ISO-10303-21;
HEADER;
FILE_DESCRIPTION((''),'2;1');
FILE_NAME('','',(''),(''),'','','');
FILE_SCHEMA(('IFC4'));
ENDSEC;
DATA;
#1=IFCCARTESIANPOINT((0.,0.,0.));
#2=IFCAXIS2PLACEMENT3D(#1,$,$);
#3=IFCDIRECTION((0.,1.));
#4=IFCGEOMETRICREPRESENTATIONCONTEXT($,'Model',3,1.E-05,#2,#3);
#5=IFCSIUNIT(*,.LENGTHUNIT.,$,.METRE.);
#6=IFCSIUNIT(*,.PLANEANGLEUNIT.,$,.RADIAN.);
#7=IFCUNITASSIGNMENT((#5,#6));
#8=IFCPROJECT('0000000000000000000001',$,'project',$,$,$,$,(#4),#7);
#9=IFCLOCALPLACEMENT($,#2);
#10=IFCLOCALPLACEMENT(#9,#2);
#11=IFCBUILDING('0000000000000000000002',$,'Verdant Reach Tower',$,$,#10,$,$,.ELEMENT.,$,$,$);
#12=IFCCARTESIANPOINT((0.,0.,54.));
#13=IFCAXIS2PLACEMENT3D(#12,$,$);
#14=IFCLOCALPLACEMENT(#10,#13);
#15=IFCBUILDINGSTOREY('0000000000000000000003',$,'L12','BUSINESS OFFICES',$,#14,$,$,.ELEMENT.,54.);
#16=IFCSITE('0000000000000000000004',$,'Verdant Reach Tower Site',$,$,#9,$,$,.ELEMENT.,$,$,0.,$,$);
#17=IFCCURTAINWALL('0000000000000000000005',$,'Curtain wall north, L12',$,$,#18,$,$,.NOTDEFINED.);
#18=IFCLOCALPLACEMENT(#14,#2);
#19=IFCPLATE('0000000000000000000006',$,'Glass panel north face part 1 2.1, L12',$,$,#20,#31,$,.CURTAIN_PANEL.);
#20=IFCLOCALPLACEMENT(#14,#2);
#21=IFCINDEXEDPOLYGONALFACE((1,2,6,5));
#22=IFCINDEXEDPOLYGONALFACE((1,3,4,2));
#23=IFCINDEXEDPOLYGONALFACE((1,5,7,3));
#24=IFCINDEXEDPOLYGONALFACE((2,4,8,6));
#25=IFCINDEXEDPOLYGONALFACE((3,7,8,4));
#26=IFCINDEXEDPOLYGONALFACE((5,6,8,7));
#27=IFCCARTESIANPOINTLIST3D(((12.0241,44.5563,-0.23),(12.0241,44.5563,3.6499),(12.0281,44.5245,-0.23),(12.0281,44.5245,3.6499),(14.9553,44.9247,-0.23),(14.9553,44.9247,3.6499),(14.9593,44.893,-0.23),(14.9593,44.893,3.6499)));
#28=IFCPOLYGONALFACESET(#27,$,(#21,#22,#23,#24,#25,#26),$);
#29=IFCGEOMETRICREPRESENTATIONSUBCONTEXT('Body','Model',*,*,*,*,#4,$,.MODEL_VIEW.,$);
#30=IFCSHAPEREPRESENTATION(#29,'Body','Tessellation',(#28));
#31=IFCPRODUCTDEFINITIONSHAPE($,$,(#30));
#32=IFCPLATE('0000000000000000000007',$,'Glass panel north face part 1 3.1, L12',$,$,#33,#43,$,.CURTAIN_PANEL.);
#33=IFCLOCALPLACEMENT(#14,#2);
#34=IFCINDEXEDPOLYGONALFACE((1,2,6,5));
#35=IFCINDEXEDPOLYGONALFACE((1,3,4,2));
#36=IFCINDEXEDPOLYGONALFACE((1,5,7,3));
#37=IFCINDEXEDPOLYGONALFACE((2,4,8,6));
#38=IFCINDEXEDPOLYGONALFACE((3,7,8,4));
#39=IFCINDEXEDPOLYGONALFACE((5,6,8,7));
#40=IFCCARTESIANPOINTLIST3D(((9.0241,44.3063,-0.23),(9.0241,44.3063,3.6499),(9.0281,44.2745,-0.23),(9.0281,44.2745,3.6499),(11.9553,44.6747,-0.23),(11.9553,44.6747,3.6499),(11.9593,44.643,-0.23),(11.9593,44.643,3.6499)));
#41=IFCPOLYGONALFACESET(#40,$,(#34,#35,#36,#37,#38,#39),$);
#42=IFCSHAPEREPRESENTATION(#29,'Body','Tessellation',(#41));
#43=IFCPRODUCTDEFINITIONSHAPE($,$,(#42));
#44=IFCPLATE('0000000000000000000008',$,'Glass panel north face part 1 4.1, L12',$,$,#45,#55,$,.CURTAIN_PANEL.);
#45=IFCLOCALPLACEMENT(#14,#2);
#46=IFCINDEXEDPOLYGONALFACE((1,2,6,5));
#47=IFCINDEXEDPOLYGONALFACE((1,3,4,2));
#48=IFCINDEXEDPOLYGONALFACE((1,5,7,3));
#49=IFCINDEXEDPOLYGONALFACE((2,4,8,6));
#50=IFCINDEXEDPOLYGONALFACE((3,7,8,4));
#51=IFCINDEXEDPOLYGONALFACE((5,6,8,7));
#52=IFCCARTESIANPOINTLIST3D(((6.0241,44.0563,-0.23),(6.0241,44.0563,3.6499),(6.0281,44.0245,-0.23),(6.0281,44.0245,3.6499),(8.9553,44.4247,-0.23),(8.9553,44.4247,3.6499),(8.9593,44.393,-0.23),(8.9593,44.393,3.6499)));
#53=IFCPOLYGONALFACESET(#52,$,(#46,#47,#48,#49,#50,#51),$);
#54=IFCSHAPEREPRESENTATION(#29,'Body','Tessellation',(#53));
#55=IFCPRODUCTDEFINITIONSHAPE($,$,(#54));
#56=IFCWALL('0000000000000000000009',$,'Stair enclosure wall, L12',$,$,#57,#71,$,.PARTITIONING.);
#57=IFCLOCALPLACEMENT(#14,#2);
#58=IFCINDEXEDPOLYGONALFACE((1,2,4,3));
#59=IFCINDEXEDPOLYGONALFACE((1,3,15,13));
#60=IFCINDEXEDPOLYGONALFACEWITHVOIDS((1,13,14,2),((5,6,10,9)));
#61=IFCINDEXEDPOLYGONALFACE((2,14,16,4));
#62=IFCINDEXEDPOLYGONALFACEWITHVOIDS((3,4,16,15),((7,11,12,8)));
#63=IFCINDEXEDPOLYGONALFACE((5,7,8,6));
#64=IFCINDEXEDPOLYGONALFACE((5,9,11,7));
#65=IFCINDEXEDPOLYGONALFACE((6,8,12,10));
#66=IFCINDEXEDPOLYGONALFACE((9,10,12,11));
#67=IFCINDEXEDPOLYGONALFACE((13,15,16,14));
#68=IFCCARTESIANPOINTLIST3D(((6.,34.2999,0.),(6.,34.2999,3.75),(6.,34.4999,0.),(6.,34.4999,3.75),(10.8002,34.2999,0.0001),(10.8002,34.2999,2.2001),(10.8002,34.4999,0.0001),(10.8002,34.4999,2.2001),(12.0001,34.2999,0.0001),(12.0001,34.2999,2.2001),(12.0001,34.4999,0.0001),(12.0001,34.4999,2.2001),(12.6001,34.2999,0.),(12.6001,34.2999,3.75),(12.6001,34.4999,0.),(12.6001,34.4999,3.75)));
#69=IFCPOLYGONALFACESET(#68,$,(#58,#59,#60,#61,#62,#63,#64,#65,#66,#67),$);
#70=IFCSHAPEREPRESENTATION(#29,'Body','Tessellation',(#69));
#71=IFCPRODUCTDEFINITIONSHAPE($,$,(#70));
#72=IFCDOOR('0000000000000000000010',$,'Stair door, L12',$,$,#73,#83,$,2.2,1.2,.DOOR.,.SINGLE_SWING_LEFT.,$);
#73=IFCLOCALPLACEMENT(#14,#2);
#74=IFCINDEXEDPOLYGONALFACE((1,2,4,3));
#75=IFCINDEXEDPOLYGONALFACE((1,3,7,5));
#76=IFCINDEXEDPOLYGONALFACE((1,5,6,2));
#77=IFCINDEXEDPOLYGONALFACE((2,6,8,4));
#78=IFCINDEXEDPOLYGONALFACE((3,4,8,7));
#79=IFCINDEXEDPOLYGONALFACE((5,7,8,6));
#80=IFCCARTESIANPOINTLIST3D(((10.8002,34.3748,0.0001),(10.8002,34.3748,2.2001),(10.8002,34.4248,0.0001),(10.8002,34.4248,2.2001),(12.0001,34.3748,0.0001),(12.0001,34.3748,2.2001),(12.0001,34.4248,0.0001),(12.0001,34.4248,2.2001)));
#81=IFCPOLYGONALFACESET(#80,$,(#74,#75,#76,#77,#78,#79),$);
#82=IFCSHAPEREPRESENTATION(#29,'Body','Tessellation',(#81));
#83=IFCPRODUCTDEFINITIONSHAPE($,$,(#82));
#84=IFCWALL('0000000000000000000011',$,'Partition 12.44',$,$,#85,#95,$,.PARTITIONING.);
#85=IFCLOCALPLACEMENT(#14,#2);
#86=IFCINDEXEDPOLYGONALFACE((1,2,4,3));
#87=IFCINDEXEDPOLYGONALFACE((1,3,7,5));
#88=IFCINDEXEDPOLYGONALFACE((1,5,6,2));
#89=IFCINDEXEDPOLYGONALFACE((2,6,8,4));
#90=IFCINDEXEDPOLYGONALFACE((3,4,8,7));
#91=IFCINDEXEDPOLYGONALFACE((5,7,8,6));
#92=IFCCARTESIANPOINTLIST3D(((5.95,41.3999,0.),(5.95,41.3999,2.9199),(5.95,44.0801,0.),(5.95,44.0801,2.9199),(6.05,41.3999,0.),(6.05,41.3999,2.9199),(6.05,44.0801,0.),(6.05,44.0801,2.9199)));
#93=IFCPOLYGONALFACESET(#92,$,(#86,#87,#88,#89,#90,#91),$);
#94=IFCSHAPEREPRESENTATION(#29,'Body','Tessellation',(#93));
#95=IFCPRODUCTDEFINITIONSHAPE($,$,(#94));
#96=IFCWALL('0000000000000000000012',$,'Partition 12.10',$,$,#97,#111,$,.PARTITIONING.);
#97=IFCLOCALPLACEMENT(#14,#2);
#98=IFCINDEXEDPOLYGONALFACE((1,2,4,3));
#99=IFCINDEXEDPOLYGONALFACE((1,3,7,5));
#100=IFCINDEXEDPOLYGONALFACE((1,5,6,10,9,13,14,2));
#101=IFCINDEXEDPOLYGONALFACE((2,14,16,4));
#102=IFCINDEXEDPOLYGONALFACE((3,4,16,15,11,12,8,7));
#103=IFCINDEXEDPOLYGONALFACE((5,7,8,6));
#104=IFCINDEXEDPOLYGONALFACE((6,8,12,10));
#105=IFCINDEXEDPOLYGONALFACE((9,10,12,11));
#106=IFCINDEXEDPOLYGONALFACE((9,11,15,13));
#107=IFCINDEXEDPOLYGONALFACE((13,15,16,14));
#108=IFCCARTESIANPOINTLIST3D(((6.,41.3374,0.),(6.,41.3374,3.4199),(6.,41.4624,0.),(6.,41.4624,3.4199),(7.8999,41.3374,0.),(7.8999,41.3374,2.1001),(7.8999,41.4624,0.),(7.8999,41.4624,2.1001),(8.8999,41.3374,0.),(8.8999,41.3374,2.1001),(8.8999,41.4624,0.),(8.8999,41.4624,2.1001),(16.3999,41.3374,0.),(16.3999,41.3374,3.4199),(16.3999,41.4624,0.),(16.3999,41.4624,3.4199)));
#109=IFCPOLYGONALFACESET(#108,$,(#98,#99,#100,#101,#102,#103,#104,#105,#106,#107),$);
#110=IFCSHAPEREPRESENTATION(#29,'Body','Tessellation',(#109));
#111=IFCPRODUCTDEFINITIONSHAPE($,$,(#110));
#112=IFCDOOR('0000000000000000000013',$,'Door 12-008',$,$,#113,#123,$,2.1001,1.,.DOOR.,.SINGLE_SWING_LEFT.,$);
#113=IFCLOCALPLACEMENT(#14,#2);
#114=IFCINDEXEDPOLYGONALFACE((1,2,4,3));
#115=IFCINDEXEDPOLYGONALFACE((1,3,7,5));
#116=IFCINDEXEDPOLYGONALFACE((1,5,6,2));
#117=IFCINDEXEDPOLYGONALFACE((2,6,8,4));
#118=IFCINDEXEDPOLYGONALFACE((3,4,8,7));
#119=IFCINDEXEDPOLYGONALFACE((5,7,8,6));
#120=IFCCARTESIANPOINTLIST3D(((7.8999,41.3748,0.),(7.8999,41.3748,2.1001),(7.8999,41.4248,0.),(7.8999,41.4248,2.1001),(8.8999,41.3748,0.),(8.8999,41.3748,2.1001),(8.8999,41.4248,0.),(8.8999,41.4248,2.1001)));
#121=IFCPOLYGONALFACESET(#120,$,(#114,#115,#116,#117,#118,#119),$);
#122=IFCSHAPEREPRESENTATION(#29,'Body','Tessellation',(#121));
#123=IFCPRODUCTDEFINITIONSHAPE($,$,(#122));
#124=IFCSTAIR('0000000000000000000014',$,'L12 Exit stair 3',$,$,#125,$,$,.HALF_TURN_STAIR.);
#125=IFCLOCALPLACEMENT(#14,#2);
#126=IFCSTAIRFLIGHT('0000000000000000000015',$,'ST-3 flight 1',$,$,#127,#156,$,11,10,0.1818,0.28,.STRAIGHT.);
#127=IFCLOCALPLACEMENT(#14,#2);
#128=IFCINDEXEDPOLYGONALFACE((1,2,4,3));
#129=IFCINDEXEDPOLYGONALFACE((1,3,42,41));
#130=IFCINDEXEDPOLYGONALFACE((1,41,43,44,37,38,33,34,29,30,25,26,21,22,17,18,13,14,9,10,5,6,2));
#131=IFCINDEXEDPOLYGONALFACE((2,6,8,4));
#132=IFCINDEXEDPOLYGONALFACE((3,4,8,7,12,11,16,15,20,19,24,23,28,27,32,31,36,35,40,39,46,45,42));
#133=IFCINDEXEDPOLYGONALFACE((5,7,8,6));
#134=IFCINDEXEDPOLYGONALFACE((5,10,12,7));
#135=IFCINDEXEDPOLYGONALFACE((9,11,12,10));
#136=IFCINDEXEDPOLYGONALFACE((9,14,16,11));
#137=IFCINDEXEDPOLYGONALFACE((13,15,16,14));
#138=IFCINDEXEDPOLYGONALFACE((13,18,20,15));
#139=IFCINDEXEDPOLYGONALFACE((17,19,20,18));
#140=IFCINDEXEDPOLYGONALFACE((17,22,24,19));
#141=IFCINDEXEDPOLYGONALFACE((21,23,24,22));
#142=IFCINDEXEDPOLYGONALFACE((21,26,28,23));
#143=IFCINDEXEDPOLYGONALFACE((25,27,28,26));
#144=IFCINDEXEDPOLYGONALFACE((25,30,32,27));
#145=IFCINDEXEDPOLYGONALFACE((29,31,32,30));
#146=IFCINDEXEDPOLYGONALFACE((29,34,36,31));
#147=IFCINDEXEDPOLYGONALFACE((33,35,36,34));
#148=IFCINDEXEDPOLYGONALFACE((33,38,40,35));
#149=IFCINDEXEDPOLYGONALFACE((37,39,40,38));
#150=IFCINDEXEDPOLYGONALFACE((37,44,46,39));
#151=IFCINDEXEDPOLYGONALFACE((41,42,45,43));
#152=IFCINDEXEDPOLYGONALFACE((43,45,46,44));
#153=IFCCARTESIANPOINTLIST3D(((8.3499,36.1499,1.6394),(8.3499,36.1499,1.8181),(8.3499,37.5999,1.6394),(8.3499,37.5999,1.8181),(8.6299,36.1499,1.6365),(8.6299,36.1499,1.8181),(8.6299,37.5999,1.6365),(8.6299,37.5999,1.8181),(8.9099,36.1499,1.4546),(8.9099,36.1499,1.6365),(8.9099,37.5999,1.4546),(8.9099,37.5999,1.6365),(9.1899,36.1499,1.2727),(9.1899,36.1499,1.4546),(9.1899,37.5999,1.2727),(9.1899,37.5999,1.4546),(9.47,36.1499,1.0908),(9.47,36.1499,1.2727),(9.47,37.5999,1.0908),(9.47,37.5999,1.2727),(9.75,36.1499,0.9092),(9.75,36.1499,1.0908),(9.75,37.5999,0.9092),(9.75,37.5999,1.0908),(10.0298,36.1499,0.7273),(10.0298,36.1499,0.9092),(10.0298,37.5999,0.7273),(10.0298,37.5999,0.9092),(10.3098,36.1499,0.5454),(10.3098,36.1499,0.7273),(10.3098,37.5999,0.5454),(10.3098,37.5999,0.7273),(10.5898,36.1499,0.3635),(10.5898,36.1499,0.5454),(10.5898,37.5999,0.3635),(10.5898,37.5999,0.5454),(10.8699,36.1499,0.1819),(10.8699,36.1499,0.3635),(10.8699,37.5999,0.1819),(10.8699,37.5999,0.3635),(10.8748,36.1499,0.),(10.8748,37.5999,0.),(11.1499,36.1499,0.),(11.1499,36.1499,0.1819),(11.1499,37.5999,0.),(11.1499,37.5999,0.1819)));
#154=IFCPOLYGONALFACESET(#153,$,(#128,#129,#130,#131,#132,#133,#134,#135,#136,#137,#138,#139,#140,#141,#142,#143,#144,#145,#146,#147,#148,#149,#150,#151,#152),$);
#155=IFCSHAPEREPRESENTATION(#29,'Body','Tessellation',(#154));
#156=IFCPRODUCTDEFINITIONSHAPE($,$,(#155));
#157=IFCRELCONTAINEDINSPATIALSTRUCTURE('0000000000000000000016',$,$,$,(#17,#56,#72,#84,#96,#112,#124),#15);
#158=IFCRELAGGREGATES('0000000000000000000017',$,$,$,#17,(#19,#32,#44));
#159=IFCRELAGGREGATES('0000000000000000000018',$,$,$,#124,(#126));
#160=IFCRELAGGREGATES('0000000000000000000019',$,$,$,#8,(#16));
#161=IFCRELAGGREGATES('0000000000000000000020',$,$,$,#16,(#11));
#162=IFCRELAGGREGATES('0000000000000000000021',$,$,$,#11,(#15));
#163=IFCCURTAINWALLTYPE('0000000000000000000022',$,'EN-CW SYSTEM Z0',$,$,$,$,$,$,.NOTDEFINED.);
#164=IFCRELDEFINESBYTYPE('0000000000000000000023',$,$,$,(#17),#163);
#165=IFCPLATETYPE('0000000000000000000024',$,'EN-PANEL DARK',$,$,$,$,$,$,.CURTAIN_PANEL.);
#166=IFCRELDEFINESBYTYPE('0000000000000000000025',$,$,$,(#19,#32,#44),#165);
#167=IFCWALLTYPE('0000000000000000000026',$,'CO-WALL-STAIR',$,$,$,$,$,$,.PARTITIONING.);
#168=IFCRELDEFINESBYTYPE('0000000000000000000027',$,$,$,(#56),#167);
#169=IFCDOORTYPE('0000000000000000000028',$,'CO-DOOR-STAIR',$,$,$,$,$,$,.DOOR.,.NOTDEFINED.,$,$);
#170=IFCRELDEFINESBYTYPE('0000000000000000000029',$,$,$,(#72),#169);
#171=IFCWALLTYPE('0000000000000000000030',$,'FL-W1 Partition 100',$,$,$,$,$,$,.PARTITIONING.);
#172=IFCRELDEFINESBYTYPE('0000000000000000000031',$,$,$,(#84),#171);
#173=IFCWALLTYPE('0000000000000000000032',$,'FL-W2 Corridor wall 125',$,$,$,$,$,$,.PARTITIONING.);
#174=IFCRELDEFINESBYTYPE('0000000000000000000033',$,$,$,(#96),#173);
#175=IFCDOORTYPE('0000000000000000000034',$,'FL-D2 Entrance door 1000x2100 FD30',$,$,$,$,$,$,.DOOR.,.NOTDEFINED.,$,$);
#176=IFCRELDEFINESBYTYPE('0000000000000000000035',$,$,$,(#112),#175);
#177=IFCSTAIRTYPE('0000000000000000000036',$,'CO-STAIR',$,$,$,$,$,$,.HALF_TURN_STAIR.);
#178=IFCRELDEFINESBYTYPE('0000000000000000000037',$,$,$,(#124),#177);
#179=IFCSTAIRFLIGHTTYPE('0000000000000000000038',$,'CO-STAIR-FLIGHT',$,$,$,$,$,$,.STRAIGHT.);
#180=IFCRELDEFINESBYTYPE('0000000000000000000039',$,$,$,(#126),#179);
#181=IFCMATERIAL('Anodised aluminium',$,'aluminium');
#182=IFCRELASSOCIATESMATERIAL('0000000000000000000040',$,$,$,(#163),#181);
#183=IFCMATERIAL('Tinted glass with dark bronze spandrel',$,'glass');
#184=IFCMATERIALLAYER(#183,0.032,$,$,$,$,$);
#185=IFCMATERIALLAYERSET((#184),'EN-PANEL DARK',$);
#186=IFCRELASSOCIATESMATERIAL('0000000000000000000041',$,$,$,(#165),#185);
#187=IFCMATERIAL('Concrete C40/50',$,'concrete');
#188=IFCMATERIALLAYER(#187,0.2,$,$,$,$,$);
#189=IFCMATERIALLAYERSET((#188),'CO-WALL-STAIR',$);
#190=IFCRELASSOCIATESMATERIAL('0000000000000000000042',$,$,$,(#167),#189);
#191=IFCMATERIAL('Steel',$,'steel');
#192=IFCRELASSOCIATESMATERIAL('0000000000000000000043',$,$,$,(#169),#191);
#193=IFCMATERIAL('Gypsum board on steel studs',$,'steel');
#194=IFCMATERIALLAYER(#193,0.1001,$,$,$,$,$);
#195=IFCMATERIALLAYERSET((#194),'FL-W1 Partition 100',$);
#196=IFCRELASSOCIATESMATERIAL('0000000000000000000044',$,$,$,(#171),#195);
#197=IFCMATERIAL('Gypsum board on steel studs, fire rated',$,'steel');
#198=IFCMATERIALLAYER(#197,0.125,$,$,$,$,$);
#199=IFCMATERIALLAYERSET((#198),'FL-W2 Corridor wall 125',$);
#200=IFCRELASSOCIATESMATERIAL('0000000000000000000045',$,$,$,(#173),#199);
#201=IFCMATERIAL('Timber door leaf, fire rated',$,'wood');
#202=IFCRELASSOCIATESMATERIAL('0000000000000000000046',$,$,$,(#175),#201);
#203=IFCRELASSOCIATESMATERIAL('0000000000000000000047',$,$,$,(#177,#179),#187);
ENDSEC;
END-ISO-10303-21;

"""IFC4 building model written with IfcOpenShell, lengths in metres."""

from ifc_helpers import new_model, si_unit, direction, frame, frame_2d, origin, origin_2d, place, context, subcontext, project, spatial, polyline, rectangle, outline, extrude, material, layer, layer_set, type_object, element, fill, aggregate, save


model = new_model("IFC4")

# Units and contexts
model_context = context("Model", 3, precision=1e-05, world=origin(), true_north=direction((0.0, 1.0)))
body_context = subcontext(model_context, "Body", "Model", "MODEL_VIEW")
ifc_project = project(units=[si_unit("LENGTHUNIT", "METRE"), si_unit("PLANEANGLEUNIT", "RADIAN")], contexts=[model_context])

# Site, building, storey
site_placement = place(None, origin())
site = spatial("IfcSite", under=ifc_project, at=site_placement, Name="Verdant Reach Tower Site", CompositionType="ELEMENT", RefElevation=0.0)
building_placement = place(site_placement, origin())
building = spatial("IfcBuilding", under=site, at=building_placement, Name="Verdant Reach Tower", CompositionType="ELEMENT")
storey_placement = place(building_placement, frame((0.0, 0.0, 54.0)))
storey = spatial("IfcBuildingStorey", under=building, at=storey_placement, Name="L12", Description="BUSINESS OFFICES", CompositionType="ELEMENT", Elevation=54.0)

# Curtain wall, plates
ifc_material_1 = material(Name="Anodised aluminium", Category="aluminium")
curtain_wall_type = type_object("IfcCurtainWallType", Name="EN-CW SYSTEM Z0", PredefinedType="NOTDEFINED", material=ifc_material_1)
curtain_wall_placement = place(storey_placement, origin())
curtain_wall = element("IfcCurtainWall", 1, at=curtain_wall_placement, inside=storey, type_object=curtain_wall_type, Name="Curtain wall north, L12", PredefinedType="NOTDEFINED")
ifc_material_2 = material(Name="Tinted glass with dark bronze spandrel", Category="glass")
ifc_layer_1 = layer(ifc_material_2, 0.032)
ifc_layer_set_1 = layer_set([ifc_layer_1], Name="EN-PANEL DARK")
plate_type_1 = type_object("IfcPlateType", Name="EN-PANEL DARK", PredefinedType="CURTAIN_PANEL", material=ifc_layer_set_1)
plate_1_placement = place(storey_placement, frame((13.4917, 44.7246, -0.23), z_axis=(0.0, 0.0, 1.0), x_axis=(-0.992194, -0.124704, 0.0)))
plate_1 = element("IfcPlate", 2, at=plate_1_placement, type_object=plate_type_1, Name="Glass panel north face part 1 2.1, L12", PredefinedType="CURTAIN_PANEL", context=body_context, shape_type="SweptSolid", body=[
    extrude(rectangle(XDim=2.9543, YDim=0.032, at=origin_2d()), origin(), (0.0, 0.0, 1.0), 3.8799),
])
plate_2_placement = place(storey_placement, frame((10.4917, 44.4746, -0.23), z_axis=(0.0, 0.0, 1.0), x_axis=(-0.992194, -0.124704, 0.0)))
plate_2 = element("IfcPlate", 3, at=plate_2_placement, type_object=plate_type_1, Name="Glass panel north face part 1 3.1, L12", PredefinedType="CURTAIN_PANEL", context=body_context, shape_type="SweptSolid", body=[
    extrude(rectangle(XDim=2.9543, YDim=0.032, at=origin_2d()), origin(), (0.0, 0.0, 1.0), 3.8799),
])
plate_3_placement = place(storey_placement, frame((7.4917, 44.2246, -0.23), z_axis=(0.0, 0.0, 1.0), x_axis=(-0.992194, -0.124704, 0.0)))
plate_3 = element("IfcPlate", 4, at=plate_3_placement, type_object=plate_type_1, Name="Glass panel north face part 1 4.1, L12", PredefinedType="CURTAIN_PANEL", context=body_context, shape_type="SweptSolid", body=[
    extrude(rectangle(XDim=2.9543, YDim=0.032, at=origin_2d()), origin(), (0.0, 0.0, 1.0), 3.8799),
])
aggregate(curtain_wall, [plate_1, plate_2, plate_3])

# Wall, opening, door
ifc_material_3 = material(Name="Concrete C40/50", Category="concrete")
ifc_layer_2 = layer(ifc_material_3, 0.2)
ifc_layer_set_2 = layer_set([ifc_layer_2], Name="CO-WALL-STAIR")
wall_type_1 = type_object("IfcWallType", Name="CO-WALL-STAIR", PredefinedType="PARTITIONING", material=ifc_layer_set_2)
wall_1_placement = place(storey_placement, frame((6.0, 34.3999, 0.0), z_axis=(0.0, 0.0, 1.0), x_axis=(1.0, 0.0, 0.0)))
wall_1 = element("IfcWall", 5, at=wall_1_placement, inside=storey, type_object=wall_type_1, Name="Stair enclosure wall, L12", PredefinedType="PARTITIONING", context=body_context, shape_type="SweptSolid", body=[
    extrude(rectangle(XDim=6.6001, YDim=0.2, at=frame_2d((3.3, 0.0))), origin(), (0.0, 0.0, 1.0), 3.75),
])
opening_1_placement = place(wall_1_placement, frame((4.8, 0.0, 0.0)))
opening_1 = element("IfcOpeningElement", 6, at=opening_1_placement, cuts=wall_1, PredefinedType="OPENING", context=body_context, shape_type="SweptSolid", body=[
    extrude(rectangle(XDim=1.2, YDim=2.2, at=frame_2d((0.6001, 1.1001))), frame((0.0, 0.1099, 0.0), z_axis=(0.0, -1.0, 0.0), x_axis=(1.0, 0.0, 0.0)), (0.0, 0.0, 1.0), 0.22),
])
ifc_material_4 = material(Name="Steel", Category="steel")
door_type_1 = type_object("IfcDoorType", Name="CO-DOOR-STAIR", OperationType="NOTDEFINED", PredefinedType="DOOR", material=ifc_material_4)
door_1_placement = place(opening_1_placement, origin())
door_1 = element("IfcDoor", 7, at=door_1_placement, inside=storey, type_object=door_type_1, Name="Stair door, L12", OperationType="SINGLE_SWING_LEFT", OverallHeight=2.2, OverallWidth=1.2, PredefinedType="DOOR", context=body_context, shape_type="SweptSolid", body=[
    extrude(rectangle(XDim=1.2, YDim=2.2, at=frame_2d((0.6001, 1.1001))), frame((0.0, 0.0249, 0.0), z_axis=(0.0, -1.0, 0.0), x_axis=(1.0, 0.0, 0.0)), (0.0, 0.0, 1.0), 0.05),
])
fill(opening_1, door_1)

# Wall
ifc_material_5 = material(Name="Gypsum board on steel studs", Category="steel")
ifc_layer_3 = layer(ifc_material_5, 0.1001)
ifc_layer_set_3 = layer_set([ifc_layer_3], Name="FL-W1 Partition 100")
wall_type_2 = type_object("IfcWallType", Name="FL-W1 Partition 100", PredefinedType="PARTITIONING", material=ifc_layer_set_3)
wall_2_placement = place(storey_placement, frame((6.0, 41.3999, 0.0), z_axis=(0.0, 0.0, 1.0), x_axis=(0.0, 1.0, 0.0)))
element("IfcWall", 8, at=wall_2_placement, inside=storey, type_object=wall_type_2, Name="Partition 12.44", PredefinedType="PARTITIONING", context=body_context, shape_type="SweptSolid", body=[
    extrude(rectangle(XDim=2.6802, YDim=0.1001, at=frame_2d((1.3401, 0.0))), origin(), (0.0, 0.0, 1.0), 2.9199),
])

# Wall, opening, door
ifc_material_6 = material(Name="Gypsum board on steel studs, fire rated", Category="steel")
ifc_layer_4 = layer(ifc_material_6, 0.125)
ifc_layer_set_4 = layer_set([ifc_layer_4], Name="FL-W2 Corridor wall 125")
wall_type_3 = type_object("IfcWallType", Name="FL-W2 Corridor wall 125", PredefinedType="PARTITIONING", material=ifc_layer_set_4)
wall_3_placement = place(storey_placement, frame((6.0, 41.3999, 0.0), z_axis=(0.0, 0.0, 1.0), x_axis=(1.0, 0.0, 0.0)))
wall_3 = element("IfcWall", 9, at=wall_3_placement, inside=storey, type_object=wall_type_3, Name="Partition 12.10", PredefinedType="PARTITIONING", context=body_context, shape_type="SweptSolid", body=[
    extrude(rectangle(XDim=10.3999, YDim=0.125, at=frame_2d((5.2, 0.0))), origin(), (0.0, 0.0, 1.0), 3.4199),
])
opening_2_placement = place(wall_3_placement, frame((1.8999, 0.0, 0.0)))
opening_2 = element("IfcOpeningElement", 10, at=opening_2_placement, cuts=wall_3, PredefinedType="OPENING", context=body_context, shape_type="SweptSolid", body=[
    extrude(rectangle(XDim=1.0, YDim=2.1001, at=frame_2d((0.5, 1.05))), frame((0.0, 0.0725, 0.0), z_axis=(0.0, -1.0, 0.0), x_axis=(1.0, 0.0, 0.0)), (0.0, 0.0, 1.0), 0.145),
])
ifc_material_7 = material(Name="Timber door leaf, fire rated", Category="wood")
door_type_2 = type_object("IfcDoorType", Name="FL-D2 Entrance door 1000x2100 FD30", OperationType="NOTDEFINED", PredefinedType="DOOR", material=ifc_material_7)
door_2_placement = place(opening_2_placement, origin())
door_2 = element("IfcDoor", 11, at=door_2_placement, inside=storey, type_object=door_type_2, Name="Door 12-008", OperationType="SINGLE_SWING_LEFT", OverallHeight=2.1001, OverallWidth=1.0, PredefinedType="DOOR", context=body_context, shape_type="SweptSolid", body=[
    extrude(rectangle(XDim=1.0, YDim=2.1001, at=frame_2d((0.5, 1.05))), frame((0.0, 0.0249, 0.0), z_axis=(0.0, -1.0, 0.0), x_axis=(1.0, 0.0, 0.0)), (0.0, 0.0, 1.0), 0.05),
])
fill(opening_2, door_2)

# Stair, stair flight
stair_type = type_object("IfcStairType", Name="CO-STAIR", PredefinedType="HALF_TURN_STAIR", material=ifc_material_3)
stair_placement = place(storey_placement, origin())
stair = element("IfcStair", 12, at=stair_placement, inside=storey, type_object=stair_type, Name="L12 Exit stair 3", PredefinedType="HALF_TURN_STAIR")
stair_flight_type = type_object("IfcStairFlightType", Name="CO-STAIR-FLIGHT", PredefinedType="STRAIGHT", material=ifc_material_3)
stair_flight_1_placement = place(storey_placement, frame((11.1499, 36.875, 0.0), z_axis=(0.0, 0.0, 1.0), x_axis=(-1.0, 0.0, 0.0)))
stair_flight_1 = element("IfcStairFlight", 13, at=stair_flight_1_placement, type_object=stair_flight_type, Name="ST-3 flight 1", NumberOfRisers=11, NumberOfTreads=10, PredefinedType="STRAIGHT", RiserHeight=0.1818, TreadLength=0.28, context=body_context, shape_type="SweptSolid", body=[
    extrude(outline(polyline([(0.0, 0.0), (0.0, 0.1819), (0.28, 0.1819), (0.28, 0.3635), (0.5601, 0.3635), (0.5601, 0.5454), (0.8401, 0.5454), (0.8401, 0.7273), (1.1201, 0.7273), (1.1201, 0.9092), (1.3999, 0.9092), (1.3999, 1.0908), (1.6799, 1.0908), (1.6799, 1.2727), (1.96, 1.2727), (1.96, 1.4546), (2.24, 1.4546), (2.24, 1.6365), (2.52, 1.6365), (2.52, 1.8181), (2.8, 1.8181), (2.8, 2.0), (2.8, 1.6394), (0.2751, 0.0), (0.0, 0.0)])), frame((0.0, 0.7251, 0.0), z_axis=(0.0, -1.0, 0.0), x_axis=(1.0, 0.0, 0.0)), (0.0, 0.0, 1.0), 1.45),
])
aggregate(stair, [stair_flight_1])

save(model, "model.ifc")
